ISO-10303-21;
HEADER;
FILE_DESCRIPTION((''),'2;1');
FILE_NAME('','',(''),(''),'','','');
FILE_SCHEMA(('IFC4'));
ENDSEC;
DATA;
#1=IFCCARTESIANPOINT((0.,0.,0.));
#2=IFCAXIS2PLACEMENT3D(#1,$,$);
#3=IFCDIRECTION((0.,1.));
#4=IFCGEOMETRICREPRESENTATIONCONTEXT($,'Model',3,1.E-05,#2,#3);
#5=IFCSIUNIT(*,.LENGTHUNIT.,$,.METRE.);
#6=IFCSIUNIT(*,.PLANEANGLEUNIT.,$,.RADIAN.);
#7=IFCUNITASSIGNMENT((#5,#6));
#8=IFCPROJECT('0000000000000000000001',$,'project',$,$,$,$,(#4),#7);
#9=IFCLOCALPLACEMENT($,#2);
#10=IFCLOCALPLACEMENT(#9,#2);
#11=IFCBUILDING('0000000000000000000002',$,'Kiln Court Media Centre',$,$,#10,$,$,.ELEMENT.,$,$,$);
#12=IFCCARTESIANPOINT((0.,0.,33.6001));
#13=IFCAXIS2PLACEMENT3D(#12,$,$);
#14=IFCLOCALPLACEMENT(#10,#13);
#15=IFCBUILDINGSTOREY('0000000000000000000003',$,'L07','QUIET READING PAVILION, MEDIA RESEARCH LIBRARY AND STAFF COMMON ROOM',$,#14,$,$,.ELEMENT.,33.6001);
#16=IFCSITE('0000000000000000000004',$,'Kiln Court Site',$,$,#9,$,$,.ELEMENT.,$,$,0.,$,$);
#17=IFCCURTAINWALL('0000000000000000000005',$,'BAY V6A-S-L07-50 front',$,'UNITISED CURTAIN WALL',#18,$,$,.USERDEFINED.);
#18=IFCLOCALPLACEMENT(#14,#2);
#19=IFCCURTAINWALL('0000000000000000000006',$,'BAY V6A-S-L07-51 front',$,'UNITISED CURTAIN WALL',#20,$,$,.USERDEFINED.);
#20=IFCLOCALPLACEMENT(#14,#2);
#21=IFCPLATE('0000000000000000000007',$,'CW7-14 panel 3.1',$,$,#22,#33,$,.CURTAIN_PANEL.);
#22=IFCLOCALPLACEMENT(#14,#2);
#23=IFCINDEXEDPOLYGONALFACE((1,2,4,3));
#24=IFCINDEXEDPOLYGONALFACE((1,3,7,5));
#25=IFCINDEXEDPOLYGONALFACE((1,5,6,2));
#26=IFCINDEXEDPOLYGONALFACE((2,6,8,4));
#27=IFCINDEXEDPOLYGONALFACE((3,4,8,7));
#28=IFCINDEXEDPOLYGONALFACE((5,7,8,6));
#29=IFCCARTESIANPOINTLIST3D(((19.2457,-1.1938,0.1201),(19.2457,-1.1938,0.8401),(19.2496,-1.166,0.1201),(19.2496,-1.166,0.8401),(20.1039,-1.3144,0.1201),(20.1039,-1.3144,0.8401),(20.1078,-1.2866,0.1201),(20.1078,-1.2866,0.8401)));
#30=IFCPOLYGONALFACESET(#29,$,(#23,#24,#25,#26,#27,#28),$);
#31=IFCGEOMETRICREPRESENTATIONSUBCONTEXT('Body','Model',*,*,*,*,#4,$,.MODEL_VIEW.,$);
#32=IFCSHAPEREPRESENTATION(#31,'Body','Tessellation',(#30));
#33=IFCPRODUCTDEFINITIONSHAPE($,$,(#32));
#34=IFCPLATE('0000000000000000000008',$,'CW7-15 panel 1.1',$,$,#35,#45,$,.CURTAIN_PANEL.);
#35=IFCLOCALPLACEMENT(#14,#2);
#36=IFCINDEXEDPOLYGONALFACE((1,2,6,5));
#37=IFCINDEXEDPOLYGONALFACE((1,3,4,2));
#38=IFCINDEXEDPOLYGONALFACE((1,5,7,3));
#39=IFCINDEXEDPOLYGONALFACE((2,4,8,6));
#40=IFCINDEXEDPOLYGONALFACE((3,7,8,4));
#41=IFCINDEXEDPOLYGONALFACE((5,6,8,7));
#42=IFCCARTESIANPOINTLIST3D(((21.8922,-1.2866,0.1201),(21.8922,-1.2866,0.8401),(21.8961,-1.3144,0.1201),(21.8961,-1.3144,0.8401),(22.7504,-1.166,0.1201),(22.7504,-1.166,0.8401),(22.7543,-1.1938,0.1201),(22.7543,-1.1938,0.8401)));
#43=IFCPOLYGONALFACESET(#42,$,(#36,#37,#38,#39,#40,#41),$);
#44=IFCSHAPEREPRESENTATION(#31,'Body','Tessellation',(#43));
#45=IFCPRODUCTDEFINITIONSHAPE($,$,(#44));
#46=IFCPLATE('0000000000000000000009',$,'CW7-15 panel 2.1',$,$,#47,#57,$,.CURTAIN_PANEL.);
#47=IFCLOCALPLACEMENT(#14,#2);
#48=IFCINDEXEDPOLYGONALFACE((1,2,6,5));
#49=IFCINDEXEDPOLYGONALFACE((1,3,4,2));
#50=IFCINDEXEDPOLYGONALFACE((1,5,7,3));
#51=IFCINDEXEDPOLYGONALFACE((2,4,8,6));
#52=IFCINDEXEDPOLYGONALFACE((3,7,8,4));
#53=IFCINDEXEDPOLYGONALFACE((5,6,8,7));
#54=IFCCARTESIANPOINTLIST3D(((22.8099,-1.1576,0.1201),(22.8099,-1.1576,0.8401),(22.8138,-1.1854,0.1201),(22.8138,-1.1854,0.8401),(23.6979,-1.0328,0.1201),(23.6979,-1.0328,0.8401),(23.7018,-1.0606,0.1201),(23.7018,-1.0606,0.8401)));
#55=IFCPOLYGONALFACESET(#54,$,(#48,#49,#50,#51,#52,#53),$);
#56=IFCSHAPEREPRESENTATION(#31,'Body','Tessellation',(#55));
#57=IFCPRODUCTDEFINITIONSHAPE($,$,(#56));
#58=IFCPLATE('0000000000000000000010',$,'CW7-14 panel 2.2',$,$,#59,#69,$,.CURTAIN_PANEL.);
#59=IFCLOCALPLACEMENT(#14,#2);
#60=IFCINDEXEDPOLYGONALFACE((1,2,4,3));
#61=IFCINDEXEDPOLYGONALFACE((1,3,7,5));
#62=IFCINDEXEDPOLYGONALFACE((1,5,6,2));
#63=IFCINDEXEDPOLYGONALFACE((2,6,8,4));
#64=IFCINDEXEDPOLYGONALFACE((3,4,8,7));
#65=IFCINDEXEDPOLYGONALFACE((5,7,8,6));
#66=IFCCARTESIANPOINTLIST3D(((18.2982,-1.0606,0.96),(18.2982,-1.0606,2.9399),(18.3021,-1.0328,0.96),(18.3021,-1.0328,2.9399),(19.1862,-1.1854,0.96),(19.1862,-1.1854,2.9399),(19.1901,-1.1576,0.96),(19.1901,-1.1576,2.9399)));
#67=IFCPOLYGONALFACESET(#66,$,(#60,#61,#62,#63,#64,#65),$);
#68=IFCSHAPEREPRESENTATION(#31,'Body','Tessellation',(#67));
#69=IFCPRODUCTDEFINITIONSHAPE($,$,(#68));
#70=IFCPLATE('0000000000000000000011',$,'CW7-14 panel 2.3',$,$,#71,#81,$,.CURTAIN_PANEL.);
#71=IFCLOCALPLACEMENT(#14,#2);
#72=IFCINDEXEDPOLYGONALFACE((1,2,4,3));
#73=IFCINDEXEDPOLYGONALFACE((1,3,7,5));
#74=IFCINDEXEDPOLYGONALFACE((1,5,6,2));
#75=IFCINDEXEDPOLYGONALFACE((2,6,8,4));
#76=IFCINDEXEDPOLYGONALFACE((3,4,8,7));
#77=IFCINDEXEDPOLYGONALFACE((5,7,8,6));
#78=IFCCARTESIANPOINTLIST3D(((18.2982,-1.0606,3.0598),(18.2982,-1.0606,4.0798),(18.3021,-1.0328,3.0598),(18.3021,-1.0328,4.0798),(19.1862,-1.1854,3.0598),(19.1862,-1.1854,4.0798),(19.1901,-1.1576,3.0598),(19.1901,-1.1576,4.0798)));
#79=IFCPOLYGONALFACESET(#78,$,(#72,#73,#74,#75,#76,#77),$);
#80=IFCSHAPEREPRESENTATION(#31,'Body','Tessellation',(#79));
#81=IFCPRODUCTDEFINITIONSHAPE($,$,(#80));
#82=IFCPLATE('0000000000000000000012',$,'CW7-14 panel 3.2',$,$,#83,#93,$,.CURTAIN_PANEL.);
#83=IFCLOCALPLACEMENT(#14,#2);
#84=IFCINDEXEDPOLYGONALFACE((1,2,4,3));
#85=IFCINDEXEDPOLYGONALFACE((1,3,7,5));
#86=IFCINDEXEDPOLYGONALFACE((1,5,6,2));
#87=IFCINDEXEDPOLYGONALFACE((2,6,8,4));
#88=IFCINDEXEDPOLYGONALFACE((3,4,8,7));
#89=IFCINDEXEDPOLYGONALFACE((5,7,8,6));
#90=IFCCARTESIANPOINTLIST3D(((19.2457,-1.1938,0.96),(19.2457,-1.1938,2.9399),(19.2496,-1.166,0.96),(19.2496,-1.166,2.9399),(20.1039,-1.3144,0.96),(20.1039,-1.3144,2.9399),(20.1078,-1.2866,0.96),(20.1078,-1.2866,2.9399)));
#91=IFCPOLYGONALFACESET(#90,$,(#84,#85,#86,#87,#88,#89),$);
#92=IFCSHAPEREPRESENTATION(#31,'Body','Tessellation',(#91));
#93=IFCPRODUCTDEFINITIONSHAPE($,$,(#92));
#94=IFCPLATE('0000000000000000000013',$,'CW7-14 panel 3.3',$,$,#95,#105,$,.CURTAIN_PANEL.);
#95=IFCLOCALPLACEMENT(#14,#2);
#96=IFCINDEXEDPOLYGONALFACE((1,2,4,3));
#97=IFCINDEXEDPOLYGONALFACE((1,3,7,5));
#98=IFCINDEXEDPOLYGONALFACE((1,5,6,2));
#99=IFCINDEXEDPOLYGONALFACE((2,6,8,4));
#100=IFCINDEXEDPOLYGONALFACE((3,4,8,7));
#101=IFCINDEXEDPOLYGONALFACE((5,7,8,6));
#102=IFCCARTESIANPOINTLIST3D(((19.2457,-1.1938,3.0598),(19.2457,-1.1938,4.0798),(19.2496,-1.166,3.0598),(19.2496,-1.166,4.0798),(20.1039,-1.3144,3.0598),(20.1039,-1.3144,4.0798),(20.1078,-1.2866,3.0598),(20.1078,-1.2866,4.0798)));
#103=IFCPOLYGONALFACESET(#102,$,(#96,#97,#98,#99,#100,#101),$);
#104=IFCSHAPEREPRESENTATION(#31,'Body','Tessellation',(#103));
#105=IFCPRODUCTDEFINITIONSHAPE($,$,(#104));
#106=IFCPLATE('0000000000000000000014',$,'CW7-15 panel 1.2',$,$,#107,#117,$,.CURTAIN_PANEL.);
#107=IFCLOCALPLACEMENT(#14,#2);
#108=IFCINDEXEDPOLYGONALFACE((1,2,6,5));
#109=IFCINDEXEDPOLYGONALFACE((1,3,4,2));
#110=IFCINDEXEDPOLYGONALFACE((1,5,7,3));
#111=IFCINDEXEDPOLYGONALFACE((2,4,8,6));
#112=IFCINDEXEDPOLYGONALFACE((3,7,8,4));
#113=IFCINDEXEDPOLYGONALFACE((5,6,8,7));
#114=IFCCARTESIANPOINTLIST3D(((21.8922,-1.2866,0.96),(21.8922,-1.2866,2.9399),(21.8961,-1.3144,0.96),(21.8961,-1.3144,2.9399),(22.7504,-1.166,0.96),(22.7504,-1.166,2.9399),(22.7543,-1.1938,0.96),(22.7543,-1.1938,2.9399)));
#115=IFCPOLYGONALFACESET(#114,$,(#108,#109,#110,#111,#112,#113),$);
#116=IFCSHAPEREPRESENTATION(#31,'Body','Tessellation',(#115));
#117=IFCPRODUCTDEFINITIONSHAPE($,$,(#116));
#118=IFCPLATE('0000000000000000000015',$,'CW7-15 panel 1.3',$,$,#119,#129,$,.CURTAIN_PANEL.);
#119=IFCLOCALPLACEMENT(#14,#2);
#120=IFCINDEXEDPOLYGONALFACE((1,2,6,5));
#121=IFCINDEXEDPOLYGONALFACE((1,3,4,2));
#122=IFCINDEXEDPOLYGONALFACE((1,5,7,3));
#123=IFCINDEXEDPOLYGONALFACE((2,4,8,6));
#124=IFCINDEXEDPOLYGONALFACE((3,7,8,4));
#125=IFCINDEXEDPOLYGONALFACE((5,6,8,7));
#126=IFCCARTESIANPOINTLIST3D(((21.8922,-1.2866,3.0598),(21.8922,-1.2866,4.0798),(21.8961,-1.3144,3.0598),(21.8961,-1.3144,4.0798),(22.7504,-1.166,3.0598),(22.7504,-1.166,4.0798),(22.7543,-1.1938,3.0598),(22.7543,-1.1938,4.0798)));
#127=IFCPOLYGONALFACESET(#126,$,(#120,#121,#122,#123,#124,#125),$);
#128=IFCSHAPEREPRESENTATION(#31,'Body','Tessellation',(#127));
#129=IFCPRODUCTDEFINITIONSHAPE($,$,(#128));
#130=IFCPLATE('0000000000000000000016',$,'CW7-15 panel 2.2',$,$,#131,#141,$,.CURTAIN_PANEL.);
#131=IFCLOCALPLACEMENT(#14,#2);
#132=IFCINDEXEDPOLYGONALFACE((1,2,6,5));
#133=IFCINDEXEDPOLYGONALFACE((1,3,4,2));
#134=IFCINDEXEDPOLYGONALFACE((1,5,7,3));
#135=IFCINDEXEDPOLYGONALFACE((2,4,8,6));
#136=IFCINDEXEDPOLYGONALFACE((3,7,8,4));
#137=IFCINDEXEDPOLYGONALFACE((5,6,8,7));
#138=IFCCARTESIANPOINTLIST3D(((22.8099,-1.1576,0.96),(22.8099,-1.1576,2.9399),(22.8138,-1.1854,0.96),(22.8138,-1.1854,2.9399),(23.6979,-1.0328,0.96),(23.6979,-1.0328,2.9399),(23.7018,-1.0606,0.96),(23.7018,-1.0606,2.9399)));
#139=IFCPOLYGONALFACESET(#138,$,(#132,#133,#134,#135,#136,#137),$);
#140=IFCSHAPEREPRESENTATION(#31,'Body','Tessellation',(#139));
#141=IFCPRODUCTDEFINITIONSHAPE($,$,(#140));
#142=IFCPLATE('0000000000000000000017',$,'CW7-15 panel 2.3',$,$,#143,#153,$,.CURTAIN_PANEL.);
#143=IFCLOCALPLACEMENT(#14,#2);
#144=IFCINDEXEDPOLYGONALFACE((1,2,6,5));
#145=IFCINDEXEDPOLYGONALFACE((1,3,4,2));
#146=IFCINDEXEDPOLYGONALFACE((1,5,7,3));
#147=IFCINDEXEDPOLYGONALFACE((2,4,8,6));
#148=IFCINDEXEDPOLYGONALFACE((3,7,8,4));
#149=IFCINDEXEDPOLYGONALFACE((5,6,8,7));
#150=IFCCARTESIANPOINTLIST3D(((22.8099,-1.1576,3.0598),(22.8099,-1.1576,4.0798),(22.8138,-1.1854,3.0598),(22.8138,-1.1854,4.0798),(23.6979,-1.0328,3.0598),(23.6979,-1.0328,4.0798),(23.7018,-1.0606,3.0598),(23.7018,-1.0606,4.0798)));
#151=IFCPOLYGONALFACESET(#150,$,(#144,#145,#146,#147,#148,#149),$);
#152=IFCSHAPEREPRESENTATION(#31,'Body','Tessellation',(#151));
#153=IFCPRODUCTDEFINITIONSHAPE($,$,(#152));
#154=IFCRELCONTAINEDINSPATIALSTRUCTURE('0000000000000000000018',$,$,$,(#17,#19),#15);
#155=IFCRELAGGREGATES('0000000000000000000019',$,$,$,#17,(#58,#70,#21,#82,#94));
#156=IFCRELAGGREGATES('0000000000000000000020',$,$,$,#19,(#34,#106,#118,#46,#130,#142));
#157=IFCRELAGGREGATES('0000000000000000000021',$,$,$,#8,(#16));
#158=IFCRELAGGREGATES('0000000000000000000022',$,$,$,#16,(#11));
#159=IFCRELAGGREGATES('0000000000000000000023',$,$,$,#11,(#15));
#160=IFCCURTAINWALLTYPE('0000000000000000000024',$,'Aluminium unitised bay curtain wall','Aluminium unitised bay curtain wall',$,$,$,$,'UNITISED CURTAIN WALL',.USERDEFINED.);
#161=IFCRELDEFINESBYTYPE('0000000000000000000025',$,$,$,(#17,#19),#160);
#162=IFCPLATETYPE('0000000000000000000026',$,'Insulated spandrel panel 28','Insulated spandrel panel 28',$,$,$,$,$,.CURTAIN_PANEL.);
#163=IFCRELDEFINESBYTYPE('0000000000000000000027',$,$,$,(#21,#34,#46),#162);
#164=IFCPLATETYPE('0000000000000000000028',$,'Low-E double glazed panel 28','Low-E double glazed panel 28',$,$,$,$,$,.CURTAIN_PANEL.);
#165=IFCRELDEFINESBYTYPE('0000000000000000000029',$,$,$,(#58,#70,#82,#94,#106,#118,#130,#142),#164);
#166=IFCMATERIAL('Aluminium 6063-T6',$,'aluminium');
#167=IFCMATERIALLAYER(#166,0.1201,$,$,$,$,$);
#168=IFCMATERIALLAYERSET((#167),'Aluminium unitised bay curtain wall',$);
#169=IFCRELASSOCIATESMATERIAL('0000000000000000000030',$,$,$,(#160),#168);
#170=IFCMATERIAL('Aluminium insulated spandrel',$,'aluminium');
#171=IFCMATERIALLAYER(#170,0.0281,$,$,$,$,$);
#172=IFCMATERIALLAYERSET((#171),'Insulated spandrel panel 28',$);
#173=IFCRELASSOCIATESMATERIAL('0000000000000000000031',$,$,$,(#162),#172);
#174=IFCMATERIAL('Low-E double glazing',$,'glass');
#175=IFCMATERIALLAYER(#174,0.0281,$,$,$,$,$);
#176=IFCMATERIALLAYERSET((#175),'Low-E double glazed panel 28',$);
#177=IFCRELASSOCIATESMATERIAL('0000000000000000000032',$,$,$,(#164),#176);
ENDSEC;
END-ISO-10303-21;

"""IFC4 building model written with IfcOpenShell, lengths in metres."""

from ifc_helpers import new_model, si_unit, direction, frame, origin, origin_2d, place, context, subcontext, project, spatial, rectangle, extrude, material, layer, layer_set, type_object, element, aggregate, save


model = new_model("IFC4")

# Units and contexts
model_context = context("Model", 3, precision=1e-05, world=origin(), true_north=direction((0.0, 1.0)))
body_context = subcontext(model_context, "Body", "Model", "MODEL_VIEW")
ifc_project = project(units=[si_unit("LENGTHUNIT", "METRE"), si_unit("PLANEANGLEUNIT", "RADIAN")], contexts=[model_context])

# Site, building, storey
site_placement = place(None, origin())
site = spatial("IfcSite", under=ifc_project, at=site_placement, Name="Kiln Court Site", CompositionType="ELEMENT", RefElevation=0.0)
building_placement = place(site_placement, origin())
building = spatial("IfcBuilding", under=site, at=building_placement, Name="Kiln Court Media Centre", CompositionType="ELEMENT")
storey_placement = place(building_placement, frame((0.0, 0.0, 33.6001)))
storey = spatial("IfcBuildingStorey", under=building, at=storey_placement, Name="L07", Description="QUIET READING PAVILION, MEDIA RESEARCH LIBRARY AND STAFF COMMON ROOM", CompositionType="ELEMENT", Elevation=33.6001)

# Curtain walls
ifc_material_1 = material(Name="Aluminium 6063-T6", Category="aluminium")
ifc_layer_1 = layer(ifc_material_1, 0.1201)
ifc_layer_set_1 = layer_set([ifc_layer_1], Name="Aluminium unitised bay curtain wall")
curtain_wall_type = type_object("IfcCurtainWallType", Name="Aluminium unitised bay curtain wall", Description="Aluminium unitised bay curtain wall", ElementType="UNITISED CURTAIN WALL", PredefinedType="USERDEFINED", material=ifc_layer_set_1)
curtain_wall_1_placement = place(storey_placement, origin())
curtain_wall_1 = element("IfcCurtainWall", 1, at=curtain_wall_1_placement, inside=storey, type_object=curtain_wall_type, Name="BAY V6A-S-L07-50 front", ObjectType="UNITISED CURTAIN WALL", PredefinedType="USERDEFINED")
curtain_wall_2_placement = place(storey_placement, origin())
curtain_wall_2 = element("IfcCurtainWall", 2, at=curtain_wall_2_placement, inside=storey, type_object=curtain_wall_type, Name="BAY V6A-S-L07-51 front", ObjectType="UNITISED CURTAIN WALL", PredefinedType="USERDEFINED")

# Plates
ifc_material_2 = material(Name="Aluminium insulated spandrel", Category="aluminium")
ifc_layer_2 = layer(ifc_material_2, 0.0281)
ifc_layer_set_2 = layer_set([ifc_layer_2], Name="Insulated spandrel panel 28")
plate_type_1 = type_object("IfcPlateType", Name="Insulated spandrel panel 28", Description="Insulated spandrel panel 28", PredefinedType="CURTAIN_PANEL", material=ifc_layer_set_2)
plate_1_placement = place(storey_placement, frame((19.6768, -1.2402, 0.1201), z_axis=(0.0, 0.0, 1.0), x_axis=(0.99027, -0.139162, 0.0)))
plate_1 = element("IfcPlate", 3, at=plate_1_placement, type_object=plate_type_1, Name="CW7-14 panel 3.1", PredefinedType="CURTAIN_PANEL", context=body_context, shape_type="SweptSolid", body=[
    extrude(rectangle(XDim=0.8667, YDim=0.0281, at=origin_2d()), origin(), (0.0, 0.0, 1.0), 0.72),
])
plate_2_placement = place(storey_placement, frame((22.3232, -1.2402, 0.1201), z_axis=(0.0, 0.0, 1.0), x_axis=(0.99027, 0.139162, 0.0)))
plate_2 = element("IfcPlate", 4, at=plate_2_placement, type_object=plate_type_1, Name="CW7-15 panel 1.1", PredefinedType="CURTAIN_PANEL", context=body_context, shape_type="SweptSolid", body=[
    extrude(rectangle(XDim=0.8667, YDim=0.0281, at=origin_2d()), origin(), (0.0, 0.0, 1.0), 0.72),
])
plate_3_placement = place(storey_placement, frame((23.2559, -1.1091, 0.1201), z_axis=(0.0, 0.0, 1.0), x_axis=(0.99027, 0.139162, 0.0)))
plate_3 = element("IfcPlate", 5, at=plate_3_placement, type_object=plate_type_1, Name="CW7-15 panel 2.1", PredefinedType="CURTAIN_PANEL", context=body_context, shape_type="SweptSolid", body=[
    extrude(rectangle(XDim=0.8967, YDim=0.0281, at=origin_2d()), origin(), (0.0, 0.0, 1.0), 0.72),
])
ifc_material_3 = material(Name="Low-E double glazing", Category="glass")
ifc_layer_3 = layer(ifc_material_3, 0.0281)
ifc_layer_set_3 = layer_set([ifc_layer_3], Name="Low-E double glazed panel 28")
plate_type_2 = type_object("IfcPlateType", Name="Low-E double glazed panel 28", Description="Low-E double glazed panel 28", PredefinedType="CURTAIN_PANEL", material=ifc_layer_set_3)
plate_4_placement = place(storey_placement, frame((18.7441, -1.1091, 0.96), z_axis=(0.0, 0.0, 1.0), x_axis=(0.99027, -0.139162, 0.0)))
plate_4 = element("IfcPlate", 6, at=plate_4_placement, type_object=plate_type_2, Name="CW7-14 panel 2.2", PredefinedType="CURTAIN_PANEL", context=body_context, shape_type="SweptSolid", body=[
    extrude(rectangle(XDim=0.8967, YDim=0.0281, at=origin_2d()), origin(), (0.0, 0.0, 1.0), 1.98),
])
plate_5_placement = place(storey_placement, frame((18.7441, -1.1091, 3.0598), z_axis=(0.0, 0.0, 1.0), x_axis=(0.99027, -0.139162, 0.0)))
plate_5 = element("IfcPlate", 7, at=plate_5_placement, type_object=plate_type_2, Name="CW7-14 panel 2.3", PredefinedType="CURTAIN_PANEL", context=body_context, shape_type="SweptSolid", body=[
    extrude(rectangle(XDim=0.8967, YDim=0.0281, at=origin_2d()), origin(), (0.0, 0.0, 1.0), 1.02),
])
plate_6_placement = place(storey_placement, frame((19.6768, -1.2402, 0.96), z_axis=(0.0, 0.0, 1.0), x_axis=(0.99027, -0.139162, 0.0)))
plate_6 = element("IfcPlate", 8, at=plate_6_placement, type_object=plate_type_2, Name="CW7-14 panel 3.2", PredefinedType="CURTAIN_PANEL", context=body_context, shape_type="SweptSolid", body=[
    extrude(rectangle(XDim=0.8667, YDim=0.0281, at=origin_2d()), origin(), (0.0, 0.0, 1.0), 1.98),
])
plate_7_placement = place(storey_placement, frame((19.6768, -1.2402, 3.0598), z_axis=(0.0, 0.0, 1.0), x_axis=(0.99027, -0.139162, 0.0)))
plate_7 = element("IfcPlate", 9, at=plate_7_placement, type_object=plate_type_2, Name="CW7-14 panel 3.3", PredefinedType="CURTAIN_PANEL", context=body_context, shape_type="SweptSolid", body=[
    extrude(rectangle(XDim=0.8667, YDim=0.0281, at=origin_2d()), origin(), (0.0, 0.0, 1.0), 1.02),
])
aggregate(curtain_wall_1, [plate_4, plate_5, plate_1, plate_6, plate_7])
plate_8_placement = place(storey_placement, frame((22.3232, -1.2402, 0.96), z_axis=(0.0, 0.0, 1.0), x_axis=(0.99027, 0.139162, 0.0)))
plate_8 = element("IfcPlate", 10, at=plate_8_placement, type_object=plate_type_2, Name="CW7-15 panel 1.2", PredefinedType="CURTAIN_PANEL", context=body_context, shape_type="SweptSolid", body=[
    extrude(rectangle(XDim=0.8667, YDim=0.0281, at=origin_2d()), origin(), (0.0, 0.0, 1.0), 1.98),
])
plate_9_placement = place(storey_placement, frame((22.3232, -1.2402, 3.0598), z_axis=(0.0, 0.0, 1.0), x_axis=(0.99027, 0.139162, 0.0)))
plate_9 = element("IfcPlate", 11, at=plate_9_placement, type_object=plate_type_2, Name="CW7-15 panel 1.3", PredefinedType="CURTAIN_PANEL", context=body_context, shape_type="SweptSolid", body=[
    extrude(rectangle(XDim=0.8667, YDim=0.0281, at=origin_2d()), origin(), (0.0, 0.0, 1.0), 1.02),
])
plate_10_placement = place(storey_placement, frame((23.2559, -1.1091, 0.96), z_axis=(0.0, 0.0, 1.0), x_axis=(0.99027, 0.139162, 0.0)))
plate_10 = element("IfcPlate", 12, at=plate_10_placement, type_object=plate_type_2, Name="CW7-15 panel 2.2", PredefinedType="CURTAIN_PANEL", context=body_context, shape_type="SweptSolid", body=[
    extrude(rectangle(XDim=0.8967, YDim=0.0281, at=origin_2d()), origin(), (0.0, 0.0, 1.0), 1.98),
])
plate_11_placement = place(storey_placement, frame((23.2559, -1.1091, 3.0598), z_axis=(0.0, 0.0, 1.0), x_axis=(0.99027, 0.139162, 0.0)))
plate_11 = element("IfcPlate", 13, at=plate_11_placement, type_object=plate_type_2, Name="CW7-15 panel 2.3", PredefinedType="CURTAIN_PANEL", context=body_context, shape_type="SweptSolid", body=[
    extrude(rectangle(XDim=0.8967, YDim=0.0281, at=origin_2d()), origin(), (0.0, 0.0, 1.0), 1.02),
])
aggregate(curtain_wall_2, [plate_2, plate_8, plate_9, plate_3, plate_10, plate_11])

save(model, "model.ifc")
